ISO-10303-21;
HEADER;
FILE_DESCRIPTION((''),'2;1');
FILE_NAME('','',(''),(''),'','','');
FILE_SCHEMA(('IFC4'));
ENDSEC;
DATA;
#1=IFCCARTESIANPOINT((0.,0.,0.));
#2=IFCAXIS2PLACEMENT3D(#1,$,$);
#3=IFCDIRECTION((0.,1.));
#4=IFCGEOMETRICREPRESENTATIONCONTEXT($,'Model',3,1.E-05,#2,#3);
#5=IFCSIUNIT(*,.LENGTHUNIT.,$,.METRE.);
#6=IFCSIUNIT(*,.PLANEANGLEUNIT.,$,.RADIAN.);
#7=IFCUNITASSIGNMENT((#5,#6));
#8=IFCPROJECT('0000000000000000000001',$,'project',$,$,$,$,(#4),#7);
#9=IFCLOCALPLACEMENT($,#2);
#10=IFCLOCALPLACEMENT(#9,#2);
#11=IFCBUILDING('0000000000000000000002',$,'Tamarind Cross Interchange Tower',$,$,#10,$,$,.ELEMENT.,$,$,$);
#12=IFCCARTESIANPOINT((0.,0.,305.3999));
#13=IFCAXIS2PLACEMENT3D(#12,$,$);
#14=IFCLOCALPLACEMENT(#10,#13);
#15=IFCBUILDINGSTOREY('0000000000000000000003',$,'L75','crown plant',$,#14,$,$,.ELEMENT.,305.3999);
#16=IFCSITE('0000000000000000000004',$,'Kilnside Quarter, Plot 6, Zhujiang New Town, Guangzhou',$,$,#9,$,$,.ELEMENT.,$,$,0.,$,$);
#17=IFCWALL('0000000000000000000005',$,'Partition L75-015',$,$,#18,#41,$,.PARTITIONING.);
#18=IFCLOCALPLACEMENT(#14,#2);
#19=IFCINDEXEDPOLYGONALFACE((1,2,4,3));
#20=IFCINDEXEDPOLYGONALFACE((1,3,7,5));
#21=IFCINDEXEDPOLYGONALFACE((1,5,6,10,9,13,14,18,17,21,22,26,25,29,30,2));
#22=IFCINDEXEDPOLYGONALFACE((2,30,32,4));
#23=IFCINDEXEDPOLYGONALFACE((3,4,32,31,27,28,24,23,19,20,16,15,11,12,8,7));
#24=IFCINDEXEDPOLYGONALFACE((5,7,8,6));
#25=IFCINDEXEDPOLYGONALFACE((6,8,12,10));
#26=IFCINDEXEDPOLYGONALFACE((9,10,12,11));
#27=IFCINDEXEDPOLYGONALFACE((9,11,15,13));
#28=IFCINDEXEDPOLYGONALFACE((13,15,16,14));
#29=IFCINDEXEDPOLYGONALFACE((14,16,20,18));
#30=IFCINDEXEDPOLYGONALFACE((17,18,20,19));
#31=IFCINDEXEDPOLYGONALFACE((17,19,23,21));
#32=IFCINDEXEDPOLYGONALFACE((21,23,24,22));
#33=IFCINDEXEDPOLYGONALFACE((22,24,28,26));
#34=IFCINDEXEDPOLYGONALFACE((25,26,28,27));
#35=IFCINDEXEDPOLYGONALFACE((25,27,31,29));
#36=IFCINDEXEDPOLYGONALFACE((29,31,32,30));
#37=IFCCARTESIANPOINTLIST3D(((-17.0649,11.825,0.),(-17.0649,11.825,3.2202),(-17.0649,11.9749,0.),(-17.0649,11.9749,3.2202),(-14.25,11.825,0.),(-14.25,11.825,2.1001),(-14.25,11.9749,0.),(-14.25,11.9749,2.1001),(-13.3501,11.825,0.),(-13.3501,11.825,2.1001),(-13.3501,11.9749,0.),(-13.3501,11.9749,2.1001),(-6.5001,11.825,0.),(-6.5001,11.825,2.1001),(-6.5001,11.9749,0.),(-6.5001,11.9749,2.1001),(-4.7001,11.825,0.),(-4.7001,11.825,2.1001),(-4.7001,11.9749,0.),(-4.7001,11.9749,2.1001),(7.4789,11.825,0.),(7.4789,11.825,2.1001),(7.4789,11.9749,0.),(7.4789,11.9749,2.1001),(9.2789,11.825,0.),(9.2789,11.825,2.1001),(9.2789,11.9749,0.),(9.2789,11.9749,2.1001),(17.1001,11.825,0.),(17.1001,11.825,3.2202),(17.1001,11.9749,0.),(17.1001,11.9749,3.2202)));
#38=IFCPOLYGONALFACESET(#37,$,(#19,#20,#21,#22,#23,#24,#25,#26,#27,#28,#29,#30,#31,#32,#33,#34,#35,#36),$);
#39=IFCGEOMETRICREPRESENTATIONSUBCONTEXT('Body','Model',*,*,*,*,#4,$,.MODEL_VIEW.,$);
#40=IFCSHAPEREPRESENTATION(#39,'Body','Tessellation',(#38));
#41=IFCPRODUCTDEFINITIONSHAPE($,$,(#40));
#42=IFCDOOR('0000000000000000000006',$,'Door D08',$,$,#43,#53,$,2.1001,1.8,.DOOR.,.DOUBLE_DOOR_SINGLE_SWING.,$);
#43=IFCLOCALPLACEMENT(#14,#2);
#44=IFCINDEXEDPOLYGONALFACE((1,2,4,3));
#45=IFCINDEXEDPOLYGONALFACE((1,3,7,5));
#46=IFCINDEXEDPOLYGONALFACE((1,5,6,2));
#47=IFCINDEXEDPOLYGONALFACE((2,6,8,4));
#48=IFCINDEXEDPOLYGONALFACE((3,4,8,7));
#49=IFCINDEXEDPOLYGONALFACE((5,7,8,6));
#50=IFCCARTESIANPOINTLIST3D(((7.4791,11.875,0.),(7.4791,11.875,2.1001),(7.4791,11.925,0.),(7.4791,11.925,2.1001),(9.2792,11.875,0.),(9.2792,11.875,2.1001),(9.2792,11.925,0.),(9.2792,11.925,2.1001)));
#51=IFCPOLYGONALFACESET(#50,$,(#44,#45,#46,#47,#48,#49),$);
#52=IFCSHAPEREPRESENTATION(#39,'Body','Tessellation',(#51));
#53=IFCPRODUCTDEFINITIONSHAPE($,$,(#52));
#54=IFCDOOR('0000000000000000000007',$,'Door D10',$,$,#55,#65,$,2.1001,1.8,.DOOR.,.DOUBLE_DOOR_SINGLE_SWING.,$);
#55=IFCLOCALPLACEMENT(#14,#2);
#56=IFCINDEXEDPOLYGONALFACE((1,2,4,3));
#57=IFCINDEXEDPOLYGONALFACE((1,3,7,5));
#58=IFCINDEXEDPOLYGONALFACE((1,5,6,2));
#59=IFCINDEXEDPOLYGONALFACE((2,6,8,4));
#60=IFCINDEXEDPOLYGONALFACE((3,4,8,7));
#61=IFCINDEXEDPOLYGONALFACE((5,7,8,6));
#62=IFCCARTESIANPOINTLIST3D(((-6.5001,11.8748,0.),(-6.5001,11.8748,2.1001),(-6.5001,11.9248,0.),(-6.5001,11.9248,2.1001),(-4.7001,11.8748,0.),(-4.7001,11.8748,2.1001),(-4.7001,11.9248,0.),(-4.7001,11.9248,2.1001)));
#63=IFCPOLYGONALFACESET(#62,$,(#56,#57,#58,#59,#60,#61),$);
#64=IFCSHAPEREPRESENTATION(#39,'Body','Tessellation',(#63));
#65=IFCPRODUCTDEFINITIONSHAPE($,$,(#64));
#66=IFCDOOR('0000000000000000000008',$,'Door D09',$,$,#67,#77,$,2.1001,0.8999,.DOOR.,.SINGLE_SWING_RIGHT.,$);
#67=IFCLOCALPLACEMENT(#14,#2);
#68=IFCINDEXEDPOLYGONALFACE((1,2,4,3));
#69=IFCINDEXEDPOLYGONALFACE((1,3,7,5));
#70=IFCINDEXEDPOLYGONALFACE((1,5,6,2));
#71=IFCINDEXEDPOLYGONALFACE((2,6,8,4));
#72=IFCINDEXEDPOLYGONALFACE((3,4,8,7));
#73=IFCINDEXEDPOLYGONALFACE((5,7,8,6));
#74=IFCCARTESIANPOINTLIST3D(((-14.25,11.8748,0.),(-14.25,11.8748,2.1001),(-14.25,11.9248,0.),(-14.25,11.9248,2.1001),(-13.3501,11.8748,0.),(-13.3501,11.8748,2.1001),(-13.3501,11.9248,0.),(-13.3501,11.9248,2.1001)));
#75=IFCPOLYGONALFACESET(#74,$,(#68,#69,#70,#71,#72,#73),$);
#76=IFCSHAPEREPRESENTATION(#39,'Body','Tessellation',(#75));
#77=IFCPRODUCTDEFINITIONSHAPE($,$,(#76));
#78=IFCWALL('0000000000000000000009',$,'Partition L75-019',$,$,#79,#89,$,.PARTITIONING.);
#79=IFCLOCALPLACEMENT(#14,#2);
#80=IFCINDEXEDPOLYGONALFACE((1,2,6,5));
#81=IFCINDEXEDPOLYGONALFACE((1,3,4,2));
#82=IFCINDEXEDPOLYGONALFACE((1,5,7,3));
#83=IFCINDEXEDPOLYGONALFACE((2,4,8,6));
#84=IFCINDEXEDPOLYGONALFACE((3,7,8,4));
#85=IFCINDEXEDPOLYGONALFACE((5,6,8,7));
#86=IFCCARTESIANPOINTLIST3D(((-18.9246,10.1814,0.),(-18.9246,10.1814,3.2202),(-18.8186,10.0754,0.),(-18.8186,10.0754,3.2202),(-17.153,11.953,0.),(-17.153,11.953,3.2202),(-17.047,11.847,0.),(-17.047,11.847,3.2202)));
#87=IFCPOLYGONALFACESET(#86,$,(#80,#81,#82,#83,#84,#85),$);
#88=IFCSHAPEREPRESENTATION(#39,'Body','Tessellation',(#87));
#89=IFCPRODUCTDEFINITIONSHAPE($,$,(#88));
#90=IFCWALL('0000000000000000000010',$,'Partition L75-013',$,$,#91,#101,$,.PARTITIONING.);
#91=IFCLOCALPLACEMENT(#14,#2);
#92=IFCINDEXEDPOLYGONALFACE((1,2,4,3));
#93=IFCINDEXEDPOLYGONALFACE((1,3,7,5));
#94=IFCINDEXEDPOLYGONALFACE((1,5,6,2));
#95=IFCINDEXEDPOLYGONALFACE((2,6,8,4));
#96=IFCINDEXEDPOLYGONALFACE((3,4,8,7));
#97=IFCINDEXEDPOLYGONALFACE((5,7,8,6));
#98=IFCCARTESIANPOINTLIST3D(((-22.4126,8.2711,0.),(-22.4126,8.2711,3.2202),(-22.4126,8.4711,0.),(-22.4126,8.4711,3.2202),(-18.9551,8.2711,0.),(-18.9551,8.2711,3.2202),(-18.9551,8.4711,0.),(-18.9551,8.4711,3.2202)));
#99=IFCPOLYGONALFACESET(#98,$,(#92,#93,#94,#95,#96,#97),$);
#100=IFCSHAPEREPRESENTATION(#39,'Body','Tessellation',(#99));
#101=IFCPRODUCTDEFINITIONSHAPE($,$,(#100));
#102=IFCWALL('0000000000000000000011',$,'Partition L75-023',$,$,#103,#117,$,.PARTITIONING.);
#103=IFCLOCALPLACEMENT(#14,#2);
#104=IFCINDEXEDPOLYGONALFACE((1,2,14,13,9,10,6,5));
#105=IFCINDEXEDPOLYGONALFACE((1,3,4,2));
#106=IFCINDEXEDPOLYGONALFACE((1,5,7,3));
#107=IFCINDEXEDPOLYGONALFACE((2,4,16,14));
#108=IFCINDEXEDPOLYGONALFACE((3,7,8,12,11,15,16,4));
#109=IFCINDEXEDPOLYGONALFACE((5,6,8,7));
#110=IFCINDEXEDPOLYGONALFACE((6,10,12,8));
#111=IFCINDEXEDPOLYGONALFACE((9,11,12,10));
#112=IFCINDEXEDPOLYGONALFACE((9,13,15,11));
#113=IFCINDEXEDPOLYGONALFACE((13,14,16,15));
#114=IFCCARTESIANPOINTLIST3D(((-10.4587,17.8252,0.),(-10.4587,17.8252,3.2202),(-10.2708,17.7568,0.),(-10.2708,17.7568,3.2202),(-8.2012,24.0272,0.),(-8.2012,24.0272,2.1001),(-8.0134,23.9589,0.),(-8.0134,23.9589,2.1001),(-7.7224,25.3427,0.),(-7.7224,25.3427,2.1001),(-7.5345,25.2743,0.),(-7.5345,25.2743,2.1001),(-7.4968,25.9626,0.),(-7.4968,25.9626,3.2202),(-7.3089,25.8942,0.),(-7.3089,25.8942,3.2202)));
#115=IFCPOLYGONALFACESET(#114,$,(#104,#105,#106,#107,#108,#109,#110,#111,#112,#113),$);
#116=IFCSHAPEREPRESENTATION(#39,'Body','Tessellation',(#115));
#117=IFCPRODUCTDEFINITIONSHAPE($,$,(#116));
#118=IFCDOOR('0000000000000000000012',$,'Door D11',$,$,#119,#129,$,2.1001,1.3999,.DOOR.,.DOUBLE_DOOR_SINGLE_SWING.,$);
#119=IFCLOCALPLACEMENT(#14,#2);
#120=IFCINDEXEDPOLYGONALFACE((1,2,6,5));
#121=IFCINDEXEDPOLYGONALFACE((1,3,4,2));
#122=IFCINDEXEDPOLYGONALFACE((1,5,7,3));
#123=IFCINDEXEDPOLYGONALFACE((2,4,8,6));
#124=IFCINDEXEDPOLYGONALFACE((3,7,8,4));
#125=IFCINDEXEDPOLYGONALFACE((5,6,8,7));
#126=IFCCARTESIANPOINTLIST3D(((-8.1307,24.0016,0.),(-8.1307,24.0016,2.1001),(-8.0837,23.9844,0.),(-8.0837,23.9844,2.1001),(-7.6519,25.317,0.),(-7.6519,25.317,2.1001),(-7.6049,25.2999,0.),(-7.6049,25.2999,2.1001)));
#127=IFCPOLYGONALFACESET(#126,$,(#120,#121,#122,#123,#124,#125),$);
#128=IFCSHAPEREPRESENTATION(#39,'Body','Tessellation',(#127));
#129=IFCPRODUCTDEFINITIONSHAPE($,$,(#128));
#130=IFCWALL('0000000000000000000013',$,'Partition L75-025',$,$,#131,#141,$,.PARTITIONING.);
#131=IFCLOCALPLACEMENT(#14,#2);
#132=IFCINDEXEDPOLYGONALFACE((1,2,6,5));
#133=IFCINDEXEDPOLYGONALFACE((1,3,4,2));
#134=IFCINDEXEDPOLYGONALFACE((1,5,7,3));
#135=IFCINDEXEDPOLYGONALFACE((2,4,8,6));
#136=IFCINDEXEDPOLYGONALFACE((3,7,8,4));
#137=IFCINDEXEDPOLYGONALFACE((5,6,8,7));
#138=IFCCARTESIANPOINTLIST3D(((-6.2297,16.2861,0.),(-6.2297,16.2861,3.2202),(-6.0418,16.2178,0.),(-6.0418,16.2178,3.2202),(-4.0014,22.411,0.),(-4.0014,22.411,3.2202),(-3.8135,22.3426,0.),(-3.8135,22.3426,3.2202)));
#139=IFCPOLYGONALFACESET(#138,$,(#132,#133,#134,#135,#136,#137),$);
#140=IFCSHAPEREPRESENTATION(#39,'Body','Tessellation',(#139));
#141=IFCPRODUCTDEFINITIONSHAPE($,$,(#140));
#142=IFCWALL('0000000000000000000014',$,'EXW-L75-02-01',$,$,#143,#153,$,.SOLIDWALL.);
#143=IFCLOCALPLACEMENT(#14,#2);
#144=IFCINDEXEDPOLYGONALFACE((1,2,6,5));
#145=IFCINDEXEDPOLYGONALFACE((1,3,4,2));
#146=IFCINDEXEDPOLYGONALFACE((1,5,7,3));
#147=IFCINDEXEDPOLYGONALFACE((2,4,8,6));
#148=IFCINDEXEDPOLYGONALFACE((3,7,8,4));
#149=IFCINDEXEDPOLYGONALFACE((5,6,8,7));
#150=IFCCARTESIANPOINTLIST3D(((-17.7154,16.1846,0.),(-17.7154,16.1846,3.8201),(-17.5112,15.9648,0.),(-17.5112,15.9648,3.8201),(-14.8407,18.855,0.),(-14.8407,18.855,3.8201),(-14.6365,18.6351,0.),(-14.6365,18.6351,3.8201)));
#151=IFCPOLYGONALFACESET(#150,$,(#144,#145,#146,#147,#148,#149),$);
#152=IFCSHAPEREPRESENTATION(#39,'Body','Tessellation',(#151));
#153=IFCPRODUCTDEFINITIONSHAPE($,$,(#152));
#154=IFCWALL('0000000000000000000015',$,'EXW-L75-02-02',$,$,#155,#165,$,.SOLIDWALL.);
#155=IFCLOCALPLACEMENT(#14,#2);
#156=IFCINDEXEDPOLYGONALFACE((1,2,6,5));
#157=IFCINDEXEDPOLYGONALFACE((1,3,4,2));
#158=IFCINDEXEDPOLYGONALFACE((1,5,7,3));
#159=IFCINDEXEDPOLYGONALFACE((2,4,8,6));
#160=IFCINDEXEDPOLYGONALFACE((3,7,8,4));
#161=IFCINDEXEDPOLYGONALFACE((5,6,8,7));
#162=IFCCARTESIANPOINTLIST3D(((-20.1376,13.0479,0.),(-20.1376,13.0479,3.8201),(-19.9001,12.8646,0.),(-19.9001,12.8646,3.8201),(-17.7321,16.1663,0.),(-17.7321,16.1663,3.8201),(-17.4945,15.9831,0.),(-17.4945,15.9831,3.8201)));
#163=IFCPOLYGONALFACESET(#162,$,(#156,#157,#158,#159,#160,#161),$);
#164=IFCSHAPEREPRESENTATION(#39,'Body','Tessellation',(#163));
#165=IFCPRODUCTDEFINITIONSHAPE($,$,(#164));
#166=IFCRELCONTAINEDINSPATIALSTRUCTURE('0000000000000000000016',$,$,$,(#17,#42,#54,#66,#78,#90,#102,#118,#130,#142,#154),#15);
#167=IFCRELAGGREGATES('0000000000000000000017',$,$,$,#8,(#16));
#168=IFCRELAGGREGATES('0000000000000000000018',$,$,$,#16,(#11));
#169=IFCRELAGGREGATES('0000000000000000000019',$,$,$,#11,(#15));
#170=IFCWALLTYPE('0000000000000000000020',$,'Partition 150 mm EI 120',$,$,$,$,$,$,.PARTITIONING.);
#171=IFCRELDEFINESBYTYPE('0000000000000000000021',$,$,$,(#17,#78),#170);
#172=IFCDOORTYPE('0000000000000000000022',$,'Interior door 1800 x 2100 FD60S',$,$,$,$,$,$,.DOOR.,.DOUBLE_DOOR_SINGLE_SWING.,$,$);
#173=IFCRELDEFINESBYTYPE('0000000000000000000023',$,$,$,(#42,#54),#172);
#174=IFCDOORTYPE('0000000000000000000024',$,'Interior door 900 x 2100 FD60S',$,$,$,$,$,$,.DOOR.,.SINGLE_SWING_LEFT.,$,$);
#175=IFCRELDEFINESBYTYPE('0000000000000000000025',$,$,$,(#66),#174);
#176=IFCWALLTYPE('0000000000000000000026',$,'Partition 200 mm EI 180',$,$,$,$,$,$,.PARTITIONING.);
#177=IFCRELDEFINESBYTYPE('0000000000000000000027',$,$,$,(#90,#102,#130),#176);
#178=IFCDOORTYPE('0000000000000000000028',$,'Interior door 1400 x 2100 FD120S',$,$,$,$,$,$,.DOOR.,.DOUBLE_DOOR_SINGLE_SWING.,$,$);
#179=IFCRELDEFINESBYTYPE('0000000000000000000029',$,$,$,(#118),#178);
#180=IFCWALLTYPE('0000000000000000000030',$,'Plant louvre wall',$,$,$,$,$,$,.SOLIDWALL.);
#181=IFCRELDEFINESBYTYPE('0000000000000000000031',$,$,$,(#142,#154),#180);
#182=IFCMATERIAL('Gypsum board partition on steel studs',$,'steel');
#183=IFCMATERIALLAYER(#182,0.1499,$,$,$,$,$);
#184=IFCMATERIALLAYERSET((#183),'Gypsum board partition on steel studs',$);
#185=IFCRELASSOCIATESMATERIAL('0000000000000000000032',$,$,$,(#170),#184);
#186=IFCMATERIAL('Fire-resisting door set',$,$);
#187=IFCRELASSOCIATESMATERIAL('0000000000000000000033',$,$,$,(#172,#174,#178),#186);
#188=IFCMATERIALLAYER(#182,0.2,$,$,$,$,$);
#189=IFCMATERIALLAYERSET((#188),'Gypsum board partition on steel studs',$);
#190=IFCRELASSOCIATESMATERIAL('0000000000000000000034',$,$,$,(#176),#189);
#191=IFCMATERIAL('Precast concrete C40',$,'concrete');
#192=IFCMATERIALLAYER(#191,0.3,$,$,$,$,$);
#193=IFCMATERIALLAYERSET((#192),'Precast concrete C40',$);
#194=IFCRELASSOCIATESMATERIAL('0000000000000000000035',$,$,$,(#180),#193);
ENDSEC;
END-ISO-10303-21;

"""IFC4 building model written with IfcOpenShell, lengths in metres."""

from ifc_helpers import new_model, si_unit, direction, frame, frame_2d, origin, place, context, subcontext, project, spatial, rectangle, extrude, material, layer, layer_set, type_object, element, fill, save


model = new_model("IFC4")

# Units and contexts
model_context = context("Model", 3, precision=1e-05, world=origin(), true_north=direction((0.0, 1.0)))
body_context = subcontext(model_context, "Body", "Model", "MODEL_VIEW")
ifc_project = project(units=[si_unit("LENGTHUNIT", "METRE"), si_unit("PLANEANGLEUNIT", "RADIAN")], contexts=[model_context])

# Site, building, storey
site_placement = place(None, origin())
site = spatial("IfcSite", under=ifc_project, at=site_placement, Name="Kilnside Quarter, Plot 6, Zhujiang New Town, Guangzhou", CompositionType="ELEMENT", RefElevation=0.0)
building_placement = place(site_placement, origin())
building = spatial("IfcBuilding", under=site, at=building_placement, Name="Tamarind Cross Interchange Tower", CompositionType="ELEMENT")
storey_placement = place(building_placement, frame((0.0, 0.0, 305.3999)))
storey = spatial("IfcBuildingStorey", under=building, at=storey_placement, Name="L75", Description="crown plant", CompositionType="ELEMENT", Elevation=305.3999)

# Shared definitions
ifc_material_1 = material(Name="Gypsum board partition on steel studs", Category="steel")
ifc_layer_1 = layer(ifc_material_1, 0.1499)
ifc_layer_set_1 = layer_set([ifc_layer_1], Name="Gypsum board partition on steel studs")
wall_type_1 = type_object("IfcWallType", Name="Partition 150 mm EI 120", PredefinedType="PARTITIONING", material=ifc_layer_set_1)

# Wall, openings, doors
wall_1_placement = place(storey_placement, frame((-17.0649, 11.8999, 0.0), z_axis=(0.0, 0.0, 1.0), x_axis=(1.0, 0.0, 0.0)))
wall_1 = element("IfcWall", 1, at=wall_1_placement, inside=storey, type_object=wall_type_1, Name="Partition L75-015", PredefinedType="PARTITIONING", context=body_context, shape_type="SweptSolid", body=[
    extrude(rectangle(XDim=34.165, YDim=0.1499, at=frame_2d((17.0825, 0.0))), origin(), (0.0, 0.0, 1.0), 3.2202),
])
opening_1_placement = place(wall_1_placement, frame((24.5439, 0.0, 0.0)))
opening_1 = element("IfcOpeningElement", 2, at=opening_1_placement, cuts=wall_1, PredefinedType="OPENING", context=body_context, shape_type="SweptSolid", body=[
    extrude(rectangle(XDim=1.8, YDim=2.1001, at=frame_2d((0.8999, 1.05))), frame((0.0, 0.085, 0.0), z_axis=(0.0, -1.0, 0.0), x_axis=(1.0, 0.0, 0.0)), (0.0, 0.0, 1.0), 0.1699),
])
opening_2_placement = place(wall_1_placement, frame((2.8149, 0.0, 0.0)))
opening_2 = element("IfcOpeningElement", 3, at=opening_2_placement, cuts=wall_1, PredefinedType="OPENING", context=body_context, shape_type="SweptSolid", body=[
    extrude(rectangle(XDim=0.8999, YDim=2.1001, at=frame_2d((0.45, 1.05))), frame((0.0, 0.085, 0.0), z_axis=(0.0, -1.0, 0.0), x_axis=(1.0, 0.0, 0.0)), (0.0, 0.0, 1.0), 0.1699),
])
opening_3_placement = place(wall_1_placement, frame((10.5649, 0.0, 0.0)))
opening_3 = element("IfcOpeningElement", 4, at=opening_3_placement, cuts=wall_1, PredefinedType="OPENING", context=body_context, shape_type="SweptSolid", body=[
    extrude(rectangle(XDim=1.8, YDim=2.1001, at=frame_2d((0.8999, 1.05))), frame((0.0, 0.085, 0.0), z_axis=(0.0, -1.0, 0.0), x_axis=(1.0, 0.0, 0.0)), (0.0, 0.0, 1.0), 0.1699),
])
ifc_material_2 = material(Name="Fire-resisting door set")
door_type_1 = type_object("IfcDoorType", Name="Interior door 1800 x 2100 FD60S", OperationType="DOUBLE_DOOR_SINGLE_SWING", PredefinedType="DOOR", material=ifc_material_2)
door_1_placement = place(opening_1_placement, frame((1.8, 0.0, 0.0), z_axis=(0.0, 0.0, 1.0), x_axis=(-1.0, 0.0, 0.0)))
door_1 = element("IfcDoor", 5, at=door_1_placement, inside=storey, type_object=door_type_1, Name="Door D08", OperationType="DOUBLE_DOOR_SINGLE_SWING", OverallHeight=2.1001, OverallWidth=1.8, PredefinedType="DOOR", context=body_context, shape_type="SweptSolid", body=[
    extrude(rectangle(XDim=1.8, YDim=2.1001, at=frame_2d((0.8999, 1.05))), frame((0.0, 0.0249, 0.0), z_axis=(0.0, -1.0, 0.0), x_axis=(1.0, 0.0, 0.0)), (0.0, 0.0, 1.0), 0.05),
])
fill(opening_1, door_1)
door_2_placement = place(opening_3_placement, origin())
door_2 = element("IfcDoor", 6, at=door_2_placement, inside=storey, type_object=door_type_1, Name="Door D10", OperationType="DOUBLE_DOOR_SINGLE_SWING", OverallHeight=2.1001, OverallWidth=1.8, PredefinedType="DOOR", context=body_context, shape_type="SweptSolid", body=[
    extrude(rectangle(XDim=1.8, YDim=2.1001, at=frame_2d((0.8999, 1.05))), frame((0.0, 0.0249, 0.0), z_axis=(0.0, -1.0, 0.0), x_axis=(1.0, 0.0, 0.0)), (0.0, 0.0, 1.0), 0.05),
])
fill(opening_3, door_2)
door_type_2 = type_object("IfcDoorType", Name="Interior door 900 x 2100 FD60S", OperationType="SINGLE_SWING_LEFT", PredefinedType="DOOR", material=ifc_material_2)
door_3_placement = place(opening_2_placement, origin())
door_3 = element("IfcDoor", 7, at=door_3_placement, inside=storey, type_object=door_type_2, Name="Door D09", OperationType="SINGLE_SWING_RIGHT", OverallHeight=2.1001, OverallWidth=0.8999, PredefinedType="DOOR", context=body_context, shape_type="SweptSolid", body=[
    extrude(rectangle(XDim=0.8999, YDim=2.1001, at=frame_2d((0.45, 1.05))), frame((0.0, 0.0249, 0.0), z_axis=(0.0, -1.0, 0.0), x_axis=(1.0, 0.0, 0.0)), (0.0, 0.0, 1.0), 0.05),
])
fill(opening_2, door_3)

# Walls
wall_2_placement = place(storey_placement, frame((-18.8716, 10.1284, 0.0), z_axis=(0.0, 0.0, 1.0), x_axis=(0.707107, 0.707107, 0.0)))
element("IfcWall", 8, at=wall_2_placement, inside=storey, type_object=wall_type_1, Name="Partition L75-019", PredefinedType="PARTITIONING", context=body_context, shape_type="SweptSolid", body=[
    extrude(rectangle(XDim=2.5054, YDim=0.1499, at=frame_2d((1.2527, 0.0))), origin(), (0.0, 0.0, 1.0), 3.2202),
])
ifc_layer_2 = layer(ifc_material_1, 0.2)
ifc_layer_set_2 = layer_set([ifc_layer_2], Name="Gypsum board partition on steel studs")
wall_type_2 = type_object("IfcWallType", Name="Partition 200 mm EI 180", PredefinedType="PARTITIONING", material=ifc_layer_set_2)
wall_3_placement = place(storey_placement, frame((-22.4126, 8.3711, 0.0), z_axis=(0.0, 0.0, 1.0), x_axis=(1.0, 0.0, 0.0)))
element("IfcWall", 9, at=wall_3_placement, inside=storey, type_object=wall_type_2, Name="Partition L75-013", PredefinedType="PARTITIONING", context=body_context, shape_type="SweptSolid", body=[
    extrude(rectangle(XDim=3.4575, YDim=0.2, at=frame_2d((1.7288, 0.0))), origin(), (0.0, 0.0, 1.0), 3.2202),
])

# Wall, opening, door
wall_4_placement = place(storey_placement, frame((-10.3647, 17.791, 0.0), z_axis=(0.0, 0.0, 1.0), x_axis=(0.342033, 0.939688, 0.0)))
wall_4 = element("IfcWall", 10, at=wall_4_placement, inside=storey, type_object=wall_type_2, Name="Partition L75-023", PredefinedType="PARTITIONING", context=body_context, shape_type="SweptSolid", body=[
    extrude(rectangle(XDim=8.6597, YDim=0.2, at=frame_2d((4.3298, 0.0))), origin(), (0.0, 0.0, 1.0), 3.2202),
])
opening_4_placement = place(wall_4_placement, frame((6.6001, 0.0, 0.0)))
opening_4 = element("IfcOpeningElement", 11, at=opening_4_placement, cuts=wall_4, PredefinedType="OPENING", context=body_context, shape_type="SweptSolid", body=[
    extrude(rectangle(XDim=1.3999, YDim=2.1001, at=frame_2d((0.7, 1.05))), frame((0.0, 0.1099, 0.0), z_axis=(0.0, -1.0, 0.0), x_axis=(1.0, 0.0, 0.0)), (0.0, 0.0, 1.0), 0.22),
])
door_type_3 = type_object("IfcDoorType", Name="Interior door 1400 x 2100 FD120S", OperationType="DOUBLE_DOOR_SINGLE_SWING", PredefinedType="DOOR", material=ifc_material_2)
door_4_placement = place(opening_4_placement, origin())
door_4 = element("IfcDoor", 12, at=door_4_placement, inside=storey, type_object=door_type_3, Name="Door D11", OperationType="DOUBLE_DOOR_SINGLE_SWING", OverallHeight=2.1001, OverallWidth=1.3999, PredefinedType="DOOR", context=body_context, shape_type="SweptSolid", body=[
    extrude(rectangle(XDim=1.3999, YDim=2.1001, at=frame_2d((0.7, 1.05))), frame((0.0, 0.0249, 0.0), z_axis=(0.0, -1.0, 0.0), x_axis=(1.0, 0.0, 0.0)), (0.0, 0.0, 1.0), 0.05),
])
fill(opening_4, door_4)

# Walls
wall_5_placement = place(storey_placement, frame((-6.1357, 16.252, 0.0), z_axis=(0.0, 0.0, 1.0), x_axis=(0.34189, 0.93974, 0.0)))
element("IfcWall", 13, at=wall_5_placement, inside=storey, type_object=wall_type_2, Name="Partition L75-025", PredefinedType="PARTITIONING", context=body_context, shape_type="SweptSolid", body=[
    extrude(rectangle(XDim=6.5176, YDim=0.2, at=frame_2d((3.2588, 0.0))), origin(), (0.0, 0.0, 1.0), 3.2202),
])
ifc_material_3 = material(Name="Precast concrete C40", Category="concrete")
ifc_layer_3 = layer(ifc_material_3, 0.3)
ifc_layer_set_3 = layer_set([ifc_layer_3], Name="Precast concrete C40")
wall_type_3 = type_object("IfcWallType", Name="Plant louvre wall", PredefinedType="SOLIDWALL", material=ifc_layer_set_3)
wall_6_placement = place(storey_placement, frame((-14.7385, 18.7451, 0.0), z_axis=(0.0, 0.0, 1.0), x_axis=(-0.732667, -0.680587, 0.0)))
element("IfcWall", 14, at=wall_6_placement, inside=storey, type_object=wall_type_3, Name="EXW-L75-02-01", PredefinedType="SOLIDWALL", context=body_context, shape_type="SweptSolid", body=[
    extrude(rectangle(XDim=3.9236, YDim=0.3, at=frame_2d((1.9619, 0.0))), origin(), (0.0, 0.0, 1.0), 3.8201),
])
for number, where, z_axis, x_axis, name in (
    (15, (-17.6133, 16.0747, 0.0), (0.0, 0.0, 1.0), (-0.610786, -0.791796, 0.0), "EXW-L75-02-02"),
):
    element("IfcWall", number, at=place(storey_placement, frame(where, z_axis=z_axis, x_axis=x_axis)), inside=storey, type_object=wall_type_3, Name=name, PredefinedType="SOLIDWALL", context=body_context, shape_type="SweptSolid", body=[
        extrude(rectangle(XDim=3.9385, YDim=0.3, at=frame_2d((1.9692, 0.0))), origin(), (0.0, 0.0, 1.0), 3.8201),
    ])

save(model, "model.ifc")
